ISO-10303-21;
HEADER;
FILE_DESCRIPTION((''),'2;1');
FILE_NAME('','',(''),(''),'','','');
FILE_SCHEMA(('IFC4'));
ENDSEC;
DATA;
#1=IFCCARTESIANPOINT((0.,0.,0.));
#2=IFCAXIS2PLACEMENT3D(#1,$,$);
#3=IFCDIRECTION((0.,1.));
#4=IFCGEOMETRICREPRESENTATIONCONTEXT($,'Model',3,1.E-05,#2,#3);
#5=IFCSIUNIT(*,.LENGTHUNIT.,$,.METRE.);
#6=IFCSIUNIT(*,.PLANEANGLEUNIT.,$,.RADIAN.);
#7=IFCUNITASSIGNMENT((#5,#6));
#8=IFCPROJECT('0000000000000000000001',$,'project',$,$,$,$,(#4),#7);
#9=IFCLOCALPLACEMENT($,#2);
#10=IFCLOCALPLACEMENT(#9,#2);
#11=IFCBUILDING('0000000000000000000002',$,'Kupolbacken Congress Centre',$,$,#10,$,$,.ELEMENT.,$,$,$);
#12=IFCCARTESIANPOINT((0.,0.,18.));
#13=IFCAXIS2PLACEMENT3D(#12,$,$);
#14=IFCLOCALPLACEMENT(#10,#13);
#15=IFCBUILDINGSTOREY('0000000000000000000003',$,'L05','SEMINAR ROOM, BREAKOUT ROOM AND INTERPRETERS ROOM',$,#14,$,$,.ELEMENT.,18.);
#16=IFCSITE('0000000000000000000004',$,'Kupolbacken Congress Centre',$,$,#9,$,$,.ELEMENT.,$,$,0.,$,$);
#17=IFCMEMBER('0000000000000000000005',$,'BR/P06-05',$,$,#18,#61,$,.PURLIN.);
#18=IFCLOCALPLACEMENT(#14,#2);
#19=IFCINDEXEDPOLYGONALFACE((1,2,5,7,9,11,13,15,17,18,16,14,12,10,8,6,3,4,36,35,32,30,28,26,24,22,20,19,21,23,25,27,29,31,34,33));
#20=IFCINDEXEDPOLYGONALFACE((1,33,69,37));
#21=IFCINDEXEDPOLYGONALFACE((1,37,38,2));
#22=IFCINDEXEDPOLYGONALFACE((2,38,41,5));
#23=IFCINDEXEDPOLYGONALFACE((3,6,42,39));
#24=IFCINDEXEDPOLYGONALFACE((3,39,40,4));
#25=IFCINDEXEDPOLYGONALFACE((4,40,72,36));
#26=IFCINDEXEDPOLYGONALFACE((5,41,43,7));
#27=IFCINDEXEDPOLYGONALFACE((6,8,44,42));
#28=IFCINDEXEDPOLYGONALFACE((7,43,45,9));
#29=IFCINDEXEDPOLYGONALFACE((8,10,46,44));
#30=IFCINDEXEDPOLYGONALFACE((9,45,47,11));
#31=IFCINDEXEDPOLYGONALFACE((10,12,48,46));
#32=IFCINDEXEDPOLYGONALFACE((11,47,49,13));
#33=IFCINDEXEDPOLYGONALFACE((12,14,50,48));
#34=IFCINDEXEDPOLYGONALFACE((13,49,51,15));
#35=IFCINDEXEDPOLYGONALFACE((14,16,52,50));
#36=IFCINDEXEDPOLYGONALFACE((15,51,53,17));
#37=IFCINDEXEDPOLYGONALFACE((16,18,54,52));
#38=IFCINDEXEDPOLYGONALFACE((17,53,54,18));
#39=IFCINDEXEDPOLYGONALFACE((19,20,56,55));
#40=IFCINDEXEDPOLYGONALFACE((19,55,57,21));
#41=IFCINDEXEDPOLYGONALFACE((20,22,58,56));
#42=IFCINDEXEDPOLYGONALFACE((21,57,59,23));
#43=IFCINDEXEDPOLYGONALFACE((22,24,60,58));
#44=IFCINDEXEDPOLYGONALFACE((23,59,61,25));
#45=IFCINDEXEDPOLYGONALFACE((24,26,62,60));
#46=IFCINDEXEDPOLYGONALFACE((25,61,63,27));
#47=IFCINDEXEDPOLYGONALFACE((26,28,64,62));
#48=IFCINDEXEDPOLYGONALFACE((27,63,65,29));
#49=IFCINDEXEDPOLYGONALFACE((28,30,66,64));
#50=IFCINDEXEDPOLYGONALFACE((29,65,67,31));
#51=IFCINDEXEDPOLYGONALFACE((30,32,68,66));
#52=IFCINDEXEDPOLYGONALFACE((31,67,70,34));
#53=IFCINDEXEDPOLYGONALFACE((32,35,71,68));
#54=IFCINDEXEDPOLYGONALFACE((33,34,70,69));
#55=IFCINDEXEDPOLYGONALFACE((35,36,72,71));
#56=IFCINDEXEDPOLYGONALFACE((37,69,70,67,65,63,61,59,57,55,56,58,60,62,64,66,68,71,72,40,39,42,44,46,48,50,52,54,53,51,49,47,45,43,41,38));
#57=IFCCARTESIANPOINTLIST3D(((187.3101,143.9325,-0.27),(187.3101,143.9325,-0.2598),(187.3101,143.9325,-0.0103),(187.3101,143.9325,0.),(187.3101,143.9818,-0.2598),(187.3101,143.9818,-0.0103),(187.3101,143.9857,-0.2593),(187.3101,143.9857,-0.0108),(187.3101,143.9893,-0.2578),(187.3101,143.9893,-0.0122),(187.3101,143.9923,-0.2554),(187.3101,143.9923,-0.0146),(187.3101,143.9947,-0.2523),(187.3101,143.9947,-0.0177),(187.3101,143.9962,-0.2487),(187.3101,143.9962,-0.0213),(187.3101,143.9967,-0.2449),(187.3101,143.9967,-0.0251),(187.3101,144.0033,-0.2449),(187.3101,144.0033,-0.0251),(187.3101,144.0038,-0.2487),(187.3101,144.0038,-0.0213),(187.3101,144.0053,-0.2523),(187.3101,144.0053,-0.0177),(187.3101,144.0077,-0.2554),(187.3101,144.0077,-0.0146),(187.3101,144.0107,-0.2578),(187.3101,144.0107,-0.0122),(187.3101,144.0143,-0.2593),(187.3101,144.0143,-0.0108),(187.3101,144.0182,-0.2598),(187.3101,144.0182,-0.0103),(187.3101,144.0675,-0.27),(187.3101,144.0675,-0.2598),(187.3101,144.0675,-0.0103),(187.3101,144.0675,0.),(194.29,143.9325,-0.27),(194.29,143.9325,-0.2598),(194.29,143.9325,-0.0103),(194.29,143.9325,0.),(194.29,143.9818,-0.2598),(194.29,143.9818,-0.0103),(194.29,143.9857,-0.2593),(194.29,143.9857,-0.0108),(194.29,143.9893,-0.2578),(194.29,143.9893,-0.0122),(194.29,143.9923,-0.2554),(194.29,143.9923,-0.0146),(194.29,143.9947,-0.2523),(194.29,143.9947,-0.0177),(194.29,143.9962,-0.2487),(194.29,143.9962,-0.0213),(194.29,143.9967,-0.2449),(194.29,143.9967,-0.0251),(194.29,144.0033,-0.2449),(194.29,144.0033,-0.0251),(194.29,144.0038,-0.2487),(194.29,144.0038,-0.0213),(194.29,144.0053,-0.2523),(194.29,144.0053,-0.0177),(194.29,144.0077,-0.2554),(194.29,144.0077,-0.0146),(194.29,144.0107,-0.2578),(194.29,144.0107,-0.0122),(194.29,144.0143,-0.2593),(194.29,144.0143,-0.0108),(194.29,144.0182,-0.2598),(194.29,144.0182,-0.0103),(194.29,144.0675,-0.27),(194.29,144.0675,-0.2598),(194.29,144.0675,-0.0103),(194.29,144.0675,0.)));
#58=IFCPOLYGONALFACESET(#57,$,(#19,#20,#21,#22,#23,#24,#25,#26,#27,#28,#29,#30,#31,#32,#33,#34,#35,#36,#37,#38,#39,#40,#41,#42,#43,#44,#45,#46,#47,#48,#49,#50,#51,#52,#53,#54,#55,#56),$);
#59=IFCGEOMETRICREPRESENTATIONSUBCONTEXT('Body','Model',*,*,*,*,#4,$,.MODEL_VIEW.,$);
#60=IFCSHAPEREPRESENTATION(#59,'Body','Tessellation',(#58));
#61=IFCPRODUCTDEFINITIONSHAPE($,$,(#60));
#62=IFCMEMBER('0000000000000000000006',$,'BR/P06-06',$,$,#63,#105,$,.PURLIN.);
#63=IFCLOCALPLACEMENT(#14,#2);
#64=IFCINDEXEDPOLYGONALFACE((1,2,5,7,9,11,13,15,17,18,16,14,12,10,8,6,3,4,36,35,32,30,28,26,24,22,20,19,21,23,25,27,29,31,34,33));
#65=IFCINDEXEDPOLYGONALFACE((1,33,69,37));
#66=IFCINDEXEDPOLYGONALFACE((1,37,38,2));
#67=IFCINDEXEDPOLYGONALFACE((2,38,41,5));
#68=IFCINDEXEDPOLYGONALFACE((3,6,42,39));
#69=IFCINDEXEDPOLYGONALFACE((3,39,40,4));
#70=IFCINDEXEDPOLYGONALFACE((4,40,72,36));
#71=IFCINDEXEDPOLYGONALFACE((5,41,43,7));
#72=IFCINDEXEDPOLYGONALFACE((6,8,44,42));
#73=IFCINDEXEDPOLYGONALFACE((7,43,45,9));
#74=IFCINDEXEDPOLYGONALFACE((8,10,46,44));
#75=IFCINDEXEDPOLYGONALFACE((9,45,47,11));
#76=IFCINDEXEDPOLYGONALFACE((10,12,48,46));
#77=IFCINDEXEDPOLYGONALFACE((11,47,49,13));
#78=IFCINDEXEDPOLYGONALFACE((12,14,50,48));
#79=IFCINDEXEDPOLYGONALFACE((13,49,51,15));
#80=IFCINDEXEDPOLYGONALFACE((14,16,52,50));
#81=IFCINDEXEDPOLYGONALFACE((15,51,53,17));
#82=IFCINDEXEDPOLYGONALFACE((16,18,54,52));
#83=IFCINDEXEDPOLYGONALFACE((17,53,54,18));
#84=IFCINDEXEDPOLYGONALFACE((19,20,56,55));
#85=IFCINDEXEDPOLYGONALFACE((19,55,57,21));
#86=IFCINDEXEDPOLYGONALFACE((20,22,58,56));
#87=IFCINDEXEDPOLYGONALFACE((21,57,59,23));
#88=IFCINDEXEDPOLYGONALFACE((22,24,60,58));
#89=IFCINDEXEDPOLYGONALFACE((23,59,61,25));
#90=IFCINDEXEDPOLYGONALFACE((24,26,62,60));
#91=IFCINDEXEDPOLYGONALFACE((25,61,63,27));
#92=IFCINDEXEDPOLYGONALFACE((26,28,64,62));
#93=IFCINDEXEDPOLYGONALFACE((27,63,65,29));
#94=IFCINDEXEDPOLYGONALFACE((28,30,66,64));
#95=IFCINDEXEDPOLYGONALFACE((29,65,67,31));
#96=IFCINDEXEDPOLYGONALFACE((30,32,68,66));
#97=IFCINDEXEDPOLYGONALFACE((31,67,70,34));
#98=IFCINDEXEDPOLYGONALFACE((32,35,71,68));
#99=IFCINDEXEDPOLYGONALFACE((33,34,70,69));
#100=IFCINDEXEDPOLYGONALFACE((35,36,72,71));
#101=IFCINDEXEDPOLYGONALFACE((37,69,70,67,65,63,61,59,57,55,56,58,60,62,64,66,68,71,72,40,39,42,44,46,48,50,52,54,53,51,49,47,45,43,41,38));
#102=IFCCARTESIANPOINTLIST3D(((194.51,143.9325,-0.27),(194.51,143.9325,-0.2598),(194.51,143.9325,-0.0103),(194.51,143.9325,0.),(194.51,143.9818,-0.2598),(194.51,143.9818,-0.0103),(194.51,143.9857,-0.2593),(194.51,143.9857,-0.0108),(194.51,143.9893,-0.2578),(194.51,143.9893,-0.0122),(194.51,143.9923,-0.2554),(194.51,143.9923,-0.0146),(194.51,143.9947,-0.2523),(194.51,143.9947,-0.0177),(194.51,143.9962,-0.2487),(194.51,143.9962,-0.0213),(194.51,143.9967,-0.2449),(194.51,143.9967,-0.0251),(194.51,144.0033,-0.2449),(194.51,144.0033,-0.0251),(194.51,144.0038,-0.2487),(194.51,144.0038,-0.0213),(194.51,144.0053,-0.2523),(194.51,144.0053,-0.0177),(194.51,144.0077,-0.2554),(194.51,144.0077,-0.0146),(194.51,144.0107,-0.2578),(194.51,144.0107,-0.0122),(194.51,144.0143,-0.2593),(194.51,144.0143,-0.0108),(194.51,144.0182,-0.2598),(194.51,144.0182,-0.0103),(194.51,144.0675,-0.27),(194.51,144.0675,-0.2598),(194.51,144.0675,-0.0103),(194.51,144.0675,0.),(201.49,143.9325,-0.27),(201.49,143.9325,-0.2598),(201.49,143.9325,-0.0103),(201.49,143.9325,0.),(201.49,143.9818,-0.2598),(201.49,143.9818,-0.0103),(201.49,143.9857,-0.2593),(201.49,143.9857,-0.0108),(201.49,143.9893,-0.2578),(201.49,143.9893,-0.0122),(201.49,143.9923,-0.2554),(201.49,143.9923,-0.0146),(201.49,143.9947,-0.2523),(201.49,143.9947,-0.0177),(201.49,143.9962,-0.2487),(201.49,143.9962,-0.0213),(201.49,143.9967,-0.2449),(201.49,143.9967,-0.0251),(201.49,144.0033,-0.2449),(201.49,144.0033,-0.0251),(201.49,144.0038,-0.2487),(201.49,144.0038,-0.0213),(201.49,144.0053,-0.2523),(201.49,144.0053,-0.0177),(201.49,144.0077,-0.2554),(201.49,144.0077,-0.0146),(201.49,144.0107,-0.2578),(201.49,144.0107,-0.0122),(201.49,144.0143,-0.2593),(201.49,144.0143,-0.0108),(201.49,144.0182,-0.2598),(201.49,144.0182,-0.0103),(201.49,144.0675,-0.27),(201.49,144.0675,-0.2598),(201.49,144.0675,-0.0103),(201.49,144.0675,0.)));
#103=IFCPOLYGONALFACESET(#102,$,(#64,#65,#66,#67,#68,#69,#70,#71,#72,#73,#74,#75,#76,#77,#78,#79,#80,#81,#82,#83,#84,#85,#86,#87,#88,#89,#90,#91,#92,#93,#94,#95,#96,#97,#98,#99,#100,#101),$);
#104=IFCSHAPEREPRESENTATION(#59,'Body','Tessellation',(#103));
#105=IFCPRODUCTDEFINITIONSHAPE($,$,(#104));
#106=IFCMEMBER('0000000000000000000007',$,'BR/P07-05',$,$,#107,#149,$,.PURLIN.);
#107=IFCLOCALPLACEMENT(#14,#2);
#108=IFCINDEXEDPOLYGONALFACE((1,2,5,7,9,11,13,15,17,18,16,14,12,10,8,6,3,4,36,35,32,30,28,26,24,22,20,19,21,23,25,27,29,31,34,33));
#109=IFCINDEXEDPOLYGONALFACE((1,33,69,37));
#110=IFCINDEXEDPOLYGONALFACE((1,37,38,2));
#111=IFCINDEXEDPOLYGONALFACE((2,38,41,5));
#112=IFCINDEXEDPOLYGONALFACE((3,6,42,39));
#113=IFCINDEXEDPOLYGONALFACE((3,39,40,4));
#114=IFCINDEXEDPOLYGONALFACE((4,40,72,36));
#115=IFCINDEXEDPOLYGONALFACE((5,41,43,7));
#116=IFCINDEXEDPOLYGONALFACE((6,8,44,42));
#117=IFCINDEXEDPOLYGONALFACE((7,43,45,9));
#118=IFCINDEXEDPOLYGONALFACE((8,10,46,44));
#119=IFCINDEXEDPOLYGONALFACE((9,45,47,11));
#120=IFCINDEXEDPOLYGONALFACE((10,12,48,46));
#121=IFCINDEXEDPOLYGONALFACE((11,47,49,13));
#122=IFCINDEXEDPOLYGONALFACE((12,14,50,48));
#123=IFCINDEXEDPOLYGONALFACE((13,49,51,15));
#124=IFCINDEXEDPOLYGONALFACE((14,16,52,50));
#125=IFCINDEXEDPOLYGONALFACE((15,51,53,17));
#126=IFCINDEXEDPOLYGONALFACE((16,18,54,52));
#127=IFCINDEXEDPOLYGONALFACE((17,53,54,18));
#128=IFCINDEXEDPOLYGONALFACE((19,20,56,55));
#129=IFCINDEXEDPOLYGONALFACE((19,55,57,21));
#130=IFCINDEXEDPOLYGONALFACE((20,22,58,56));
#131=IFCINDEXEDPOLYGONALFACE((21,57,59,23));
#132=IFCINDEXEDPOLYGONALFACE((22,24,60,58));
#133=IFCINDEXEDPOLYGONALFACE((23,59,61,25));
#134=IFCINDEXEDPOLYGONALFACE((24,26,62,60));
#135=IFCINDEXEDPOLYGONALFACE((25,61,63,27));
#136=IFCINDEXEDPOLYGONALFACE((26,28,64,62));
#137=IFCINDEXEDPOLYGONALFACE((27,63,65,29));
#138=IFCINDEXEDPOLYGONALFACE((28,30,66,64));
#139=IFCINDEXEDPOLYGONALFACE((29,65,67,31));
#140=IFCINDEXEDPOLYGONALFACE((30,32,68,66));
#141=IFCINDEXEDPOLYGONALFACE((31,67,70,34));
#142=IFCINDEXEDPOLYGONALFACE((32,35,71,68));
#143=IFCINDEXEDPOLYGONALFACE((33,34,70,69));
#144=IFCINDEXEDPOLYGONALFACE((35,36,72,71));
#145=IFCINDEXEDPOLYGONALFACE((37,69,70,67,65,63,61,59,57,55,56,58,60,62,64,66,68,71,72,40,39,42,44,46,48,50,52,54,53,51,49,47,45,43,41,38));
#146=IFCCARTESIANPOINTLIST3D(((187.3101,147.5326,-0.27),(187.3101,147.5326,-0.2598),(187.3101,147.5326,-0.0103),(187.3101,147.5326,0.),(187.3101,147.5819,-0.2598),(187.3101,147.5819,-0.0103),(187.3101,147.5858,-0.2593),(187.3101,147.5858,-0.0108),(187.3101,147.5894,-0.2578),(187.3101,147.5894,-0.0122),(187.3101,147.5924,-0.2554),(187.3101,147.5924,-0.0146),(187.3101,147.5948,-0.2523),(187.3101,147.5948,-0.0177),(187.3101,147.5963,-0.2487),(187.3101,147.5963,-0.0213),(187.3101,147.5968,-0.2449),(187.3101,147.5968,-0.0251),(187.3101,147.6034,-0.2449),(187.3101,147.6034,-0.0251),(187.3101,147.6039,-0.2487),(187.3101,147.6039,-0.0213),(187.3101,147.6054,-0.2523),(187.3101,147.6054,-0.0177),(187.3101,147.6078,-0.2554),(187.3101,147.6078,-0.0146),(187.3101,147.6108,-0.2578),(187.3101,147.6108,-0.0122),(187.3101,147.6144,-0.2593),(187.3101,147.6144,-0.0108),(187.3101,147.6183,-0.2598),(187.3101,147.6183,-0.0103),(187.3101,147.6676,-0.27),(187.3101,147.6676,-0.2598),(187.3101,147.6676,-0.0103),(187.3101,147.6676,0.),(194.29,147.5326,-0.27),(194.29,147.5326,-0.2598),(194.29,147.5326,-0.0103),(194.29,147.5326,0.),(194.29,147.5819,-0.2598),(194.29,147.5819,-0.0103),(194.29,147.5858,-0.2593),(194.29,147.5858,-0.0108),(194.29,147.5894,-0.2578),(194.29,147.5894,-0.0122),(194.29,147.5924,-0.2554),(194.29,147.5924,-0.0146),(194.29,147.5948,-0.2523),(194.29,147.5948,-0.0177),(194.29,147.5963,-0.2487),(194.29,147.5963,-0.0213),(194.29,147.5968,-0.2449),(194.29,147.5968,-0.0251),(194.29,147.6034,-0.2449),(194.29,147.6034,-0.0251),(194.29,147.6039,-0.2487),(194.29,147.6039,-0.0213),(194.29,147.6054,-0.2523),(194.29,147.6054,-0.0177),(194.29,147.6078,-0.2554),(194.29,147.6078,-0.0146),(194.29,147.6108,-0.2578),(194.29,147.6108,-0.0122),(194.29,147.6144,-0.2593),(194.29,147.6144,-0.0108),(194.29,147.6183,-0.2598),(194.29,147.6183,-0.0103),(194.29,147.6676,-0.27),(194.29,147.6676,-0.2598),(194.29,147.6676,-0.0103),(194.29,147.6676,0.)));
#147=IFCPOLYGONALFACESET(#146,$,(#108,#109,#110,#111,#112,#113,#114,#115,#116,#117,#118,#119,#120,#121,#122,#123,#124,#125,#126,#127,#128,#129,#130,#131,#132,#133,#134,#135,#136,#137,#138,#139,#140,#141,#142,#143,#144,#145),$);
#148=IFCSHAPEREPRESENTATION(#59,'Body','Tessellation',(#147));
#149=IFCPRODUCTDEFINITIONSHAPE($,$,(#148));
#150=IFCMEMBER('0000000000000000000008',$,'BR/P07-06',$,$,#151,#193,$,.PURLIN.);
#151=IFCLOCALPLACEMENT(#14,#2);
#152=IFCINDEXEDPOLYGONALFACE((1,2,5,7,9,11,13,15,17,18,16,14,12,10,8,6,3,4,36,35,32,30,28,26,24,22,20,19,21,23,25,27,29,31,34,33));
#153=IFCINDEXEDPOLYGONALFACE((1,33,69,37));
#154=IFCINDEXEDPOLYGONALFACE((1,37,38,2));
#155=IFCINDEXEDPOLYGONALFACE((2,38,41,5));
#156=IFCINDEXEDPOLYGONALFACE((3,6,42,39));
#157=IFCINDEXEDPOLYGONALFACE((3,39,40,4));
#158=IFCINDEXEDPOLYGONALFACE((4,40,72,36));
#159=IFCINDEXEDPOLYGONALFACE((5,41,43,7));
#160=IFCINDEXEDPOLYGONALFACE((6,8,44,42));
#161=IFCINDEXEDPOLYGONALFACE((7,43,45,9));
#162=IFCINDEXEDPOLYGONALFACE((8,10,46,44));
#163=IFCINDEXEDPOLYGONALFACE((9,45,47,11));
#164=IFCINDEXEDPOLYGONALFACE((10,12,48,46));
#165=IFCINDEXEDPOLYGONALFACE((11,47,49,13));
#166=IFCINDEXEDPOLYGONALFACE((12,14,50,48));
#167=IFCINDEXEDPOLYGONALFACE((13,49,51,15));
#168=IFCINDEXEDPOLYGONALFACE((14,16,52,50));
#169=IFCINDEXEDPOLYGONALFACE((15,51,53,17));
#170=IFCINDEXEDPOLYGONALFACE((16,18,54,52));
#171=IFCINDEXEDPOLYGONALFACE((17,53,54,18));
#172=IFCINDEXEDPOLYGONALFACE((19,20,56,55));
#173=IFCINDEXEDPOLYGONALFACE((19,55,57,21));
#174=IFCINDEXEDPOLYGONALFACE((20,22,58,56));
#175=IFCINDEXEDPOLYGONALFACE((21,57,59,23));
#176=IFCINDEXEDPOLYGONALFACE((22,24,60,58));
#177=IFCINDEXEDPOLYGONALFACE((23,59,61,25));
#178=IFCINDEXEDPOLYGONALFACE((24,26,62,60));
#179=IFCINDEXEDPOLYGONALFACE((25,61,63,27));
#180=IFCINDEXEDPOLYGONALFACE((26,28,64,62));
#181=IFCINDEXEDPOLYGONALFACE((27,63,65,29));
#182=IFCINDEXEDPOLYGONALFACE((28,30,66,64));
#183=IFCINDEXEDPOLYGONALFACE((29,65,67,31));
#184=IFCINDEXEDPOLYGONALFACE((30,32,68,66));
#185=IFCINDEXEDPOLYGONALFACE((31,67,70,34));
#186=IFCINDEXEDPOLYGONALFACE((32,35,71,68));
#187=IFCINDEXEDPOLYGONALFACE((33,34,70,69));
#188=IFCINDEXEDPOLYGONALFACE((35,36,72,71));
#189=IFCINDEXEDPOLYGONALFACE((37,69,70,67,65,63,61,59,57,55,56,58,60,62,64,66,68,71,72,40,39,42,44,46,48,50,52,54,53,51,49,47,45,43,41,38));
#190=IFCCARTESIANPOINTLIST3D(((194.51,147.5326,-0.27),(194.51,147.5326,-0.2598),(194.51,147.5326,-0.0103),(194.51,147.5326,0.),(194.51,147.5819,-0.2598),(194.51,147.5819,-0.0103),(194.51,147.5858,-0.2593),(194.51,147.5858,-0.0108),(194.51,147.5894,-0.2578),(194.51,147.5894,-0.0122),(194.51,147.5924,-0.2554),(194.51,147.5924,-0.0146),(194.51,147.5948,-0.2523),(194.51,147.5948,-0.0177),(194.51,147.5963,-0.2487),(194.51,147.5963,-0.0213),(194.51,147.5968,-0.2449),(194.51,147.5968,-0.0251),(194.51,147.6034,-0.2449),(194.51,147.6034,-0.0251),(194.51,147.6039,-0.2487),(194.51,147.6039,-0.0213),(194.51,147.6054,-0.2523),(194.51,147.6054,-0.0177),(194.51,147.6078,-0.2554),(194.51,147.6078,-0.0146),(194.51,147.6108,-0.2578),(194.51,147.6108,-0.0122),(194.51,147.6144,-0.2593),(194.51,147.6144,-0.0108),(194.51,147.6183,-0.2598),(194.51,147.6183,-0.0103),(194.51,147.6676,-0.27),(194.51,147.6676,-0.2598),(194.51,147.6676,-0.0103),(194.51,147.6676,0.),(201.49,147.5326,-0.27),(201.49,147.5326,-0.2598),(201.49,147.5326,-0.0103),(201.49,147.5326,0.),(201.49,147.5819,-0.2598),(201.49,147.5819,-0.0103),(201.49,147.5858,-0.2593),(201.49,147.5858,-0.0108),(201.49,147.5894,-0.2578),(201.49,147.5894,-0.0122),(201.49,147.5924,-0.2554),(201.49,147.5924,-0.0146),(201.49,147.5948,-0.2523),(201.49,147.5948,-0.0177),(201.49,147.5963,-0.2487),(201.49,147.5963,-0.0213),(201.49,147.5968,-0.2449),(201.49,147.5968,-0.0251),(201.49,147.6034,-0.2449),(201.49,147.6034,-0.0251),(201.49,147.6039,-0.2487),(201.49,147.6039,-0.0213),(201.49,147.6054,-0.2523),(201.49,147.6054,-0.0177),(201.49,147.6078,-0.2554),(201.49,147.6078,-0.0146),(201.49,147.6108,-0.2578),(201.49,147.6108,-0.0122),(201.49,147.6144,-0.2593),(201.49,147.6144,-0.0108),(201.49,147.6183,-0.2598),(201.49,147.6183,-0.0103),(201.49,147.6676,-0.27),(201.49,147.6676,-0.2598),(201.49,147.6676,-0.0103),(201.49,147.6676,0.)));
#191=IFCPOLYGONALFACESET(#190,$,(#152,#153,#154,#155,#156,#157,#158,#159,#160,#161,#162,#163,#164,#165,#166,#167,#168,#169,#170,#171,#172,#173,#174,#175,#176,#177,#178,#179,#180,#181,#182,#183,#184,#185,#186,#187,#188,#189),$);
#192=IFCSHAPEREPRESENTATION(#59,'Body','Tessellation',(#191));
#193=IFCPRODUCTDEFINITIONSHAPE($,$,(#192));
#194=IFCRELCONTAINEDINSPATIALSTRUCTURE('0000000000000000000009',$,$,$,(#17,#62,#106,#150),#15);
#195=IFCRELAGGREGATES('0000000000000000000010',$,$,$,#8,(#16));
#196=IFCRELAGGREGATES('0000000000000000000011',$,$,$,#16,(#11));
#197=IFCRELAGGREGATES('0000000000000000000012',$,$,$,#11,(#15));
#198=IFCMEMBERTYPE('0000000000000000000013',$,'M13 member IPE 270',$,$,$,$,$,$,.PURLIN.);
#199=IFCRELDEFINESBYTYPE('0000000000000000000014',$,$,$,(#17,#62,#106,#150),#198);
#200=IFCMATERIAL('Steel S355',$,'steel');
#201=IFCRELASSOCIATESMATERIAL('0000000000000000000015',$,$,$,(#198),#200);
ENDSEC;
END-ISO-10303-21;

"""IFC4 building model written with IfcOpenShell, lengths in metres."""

from ifc_helpers import new_model, si_unit, direction, frame, origin, origin_2d, place, context, subcontext, project, spatial, i_section, extrude, material, material_profile, profile_set, type_object, element, save


model = new_model("IFC4")

# Units and contexts
model_context = context("Model", 3, precision=1e-05, world=origin(), true_north=direction((0.0, 1.0)))
body_context = subcontext(model_context, "Body", "Model", "MODEL_VIEW")
ifc_project = project(units=[si_unit("LENGTHUNIT", "METRE"), si_unit("PLANEANGLEUNIT", "RADIAN")], contexts=[model_context])

# Site, building, storey
site_placement = place(None, origin())
site = spatial("IfcSite", under=ifc_project, at=site_placement, Name="Kupolbacken Congress Centre", CompositionType="ELEMENT", RefElevation=0.0)
building_placement = place(site_placement, origin())
building = spatial("IfcBuilding", under=site, at=building_placement, Name="Kupolbacken Congress Centre", CompositionType="ELEMENT")
storey_placement = place(building_placement, frame((0.0, 0.0, 18.0)))
storey = spatial("IfcBuildingStorey", under=building, at=storey_placement, Name="L05", Description="SEMINAR ROOM, BREAKOUT ROOM AND INTERPRETERS ROOM", CompositionType="ELEMENT", Elevation=18.0)

# Members
ifc_material_1 = material(Name="Steel S355", Category="steel")
ifc_material_profile_1 = material_profile(ifc_material_1, i_section(OverallWidth=0.135, OverallDepth=0.27, WebThickness=0.0066, FlangeThickness=0.0103, FilletRadius=0.0149, at=origin_2d()), Name="IPE 270")
ifc_profile_set_1 = profile_set([ifc_material_profile_1], Name="Steel S355")
member_type_1 = type_object("IfcMemberType", Name="M13 member IPE 270", PredefinedType="PURLIN", material=ifc_profile_set_1)
for number, where, z_axis, x_axis, name in (
    (1, (187.3101, 144.0, -0.135), (1.0, 0.0, 0.0), (0.0, 1.0, 0.0), "BR/P06-05"),
    (2, (194.51, 144.0, -0.135), (1.0, 0.0, 0.0), (0.0, 1.0, 0.0), "BR/P06-06"),
    (3, (187.3101, 147.6001, -0.135), (1.0, 0.0, 0.0), (0.0, 1.0, 0.0), "BR/P07-05"),
    (4, (194.51, 147.6001, -0.135), (1.0, 0.0, 0.0), (0.0, 1.0, 0.0), "BR/P07-06"),
):
    element("IfcMember", number, at=place(storey_placement, frame(where, z_axis=z_axis, x_axis=x_axis)), inside=storey, type_object=member_type_1, Name=name, PredefinedType="PURLIN", context=body_context, shape_type="SweptSolid", body=[
        extrude(i_section(OverallWidth=0.135, OverallDepth=0.27, WebThickness=0.0066, FlangeThickness=0.0103, FilletRadius=0.0149, at=origin_2d()), origin(), (0.0, 0.0, 1.0), 6.98),
    ])

save(model, "model.ifc")
